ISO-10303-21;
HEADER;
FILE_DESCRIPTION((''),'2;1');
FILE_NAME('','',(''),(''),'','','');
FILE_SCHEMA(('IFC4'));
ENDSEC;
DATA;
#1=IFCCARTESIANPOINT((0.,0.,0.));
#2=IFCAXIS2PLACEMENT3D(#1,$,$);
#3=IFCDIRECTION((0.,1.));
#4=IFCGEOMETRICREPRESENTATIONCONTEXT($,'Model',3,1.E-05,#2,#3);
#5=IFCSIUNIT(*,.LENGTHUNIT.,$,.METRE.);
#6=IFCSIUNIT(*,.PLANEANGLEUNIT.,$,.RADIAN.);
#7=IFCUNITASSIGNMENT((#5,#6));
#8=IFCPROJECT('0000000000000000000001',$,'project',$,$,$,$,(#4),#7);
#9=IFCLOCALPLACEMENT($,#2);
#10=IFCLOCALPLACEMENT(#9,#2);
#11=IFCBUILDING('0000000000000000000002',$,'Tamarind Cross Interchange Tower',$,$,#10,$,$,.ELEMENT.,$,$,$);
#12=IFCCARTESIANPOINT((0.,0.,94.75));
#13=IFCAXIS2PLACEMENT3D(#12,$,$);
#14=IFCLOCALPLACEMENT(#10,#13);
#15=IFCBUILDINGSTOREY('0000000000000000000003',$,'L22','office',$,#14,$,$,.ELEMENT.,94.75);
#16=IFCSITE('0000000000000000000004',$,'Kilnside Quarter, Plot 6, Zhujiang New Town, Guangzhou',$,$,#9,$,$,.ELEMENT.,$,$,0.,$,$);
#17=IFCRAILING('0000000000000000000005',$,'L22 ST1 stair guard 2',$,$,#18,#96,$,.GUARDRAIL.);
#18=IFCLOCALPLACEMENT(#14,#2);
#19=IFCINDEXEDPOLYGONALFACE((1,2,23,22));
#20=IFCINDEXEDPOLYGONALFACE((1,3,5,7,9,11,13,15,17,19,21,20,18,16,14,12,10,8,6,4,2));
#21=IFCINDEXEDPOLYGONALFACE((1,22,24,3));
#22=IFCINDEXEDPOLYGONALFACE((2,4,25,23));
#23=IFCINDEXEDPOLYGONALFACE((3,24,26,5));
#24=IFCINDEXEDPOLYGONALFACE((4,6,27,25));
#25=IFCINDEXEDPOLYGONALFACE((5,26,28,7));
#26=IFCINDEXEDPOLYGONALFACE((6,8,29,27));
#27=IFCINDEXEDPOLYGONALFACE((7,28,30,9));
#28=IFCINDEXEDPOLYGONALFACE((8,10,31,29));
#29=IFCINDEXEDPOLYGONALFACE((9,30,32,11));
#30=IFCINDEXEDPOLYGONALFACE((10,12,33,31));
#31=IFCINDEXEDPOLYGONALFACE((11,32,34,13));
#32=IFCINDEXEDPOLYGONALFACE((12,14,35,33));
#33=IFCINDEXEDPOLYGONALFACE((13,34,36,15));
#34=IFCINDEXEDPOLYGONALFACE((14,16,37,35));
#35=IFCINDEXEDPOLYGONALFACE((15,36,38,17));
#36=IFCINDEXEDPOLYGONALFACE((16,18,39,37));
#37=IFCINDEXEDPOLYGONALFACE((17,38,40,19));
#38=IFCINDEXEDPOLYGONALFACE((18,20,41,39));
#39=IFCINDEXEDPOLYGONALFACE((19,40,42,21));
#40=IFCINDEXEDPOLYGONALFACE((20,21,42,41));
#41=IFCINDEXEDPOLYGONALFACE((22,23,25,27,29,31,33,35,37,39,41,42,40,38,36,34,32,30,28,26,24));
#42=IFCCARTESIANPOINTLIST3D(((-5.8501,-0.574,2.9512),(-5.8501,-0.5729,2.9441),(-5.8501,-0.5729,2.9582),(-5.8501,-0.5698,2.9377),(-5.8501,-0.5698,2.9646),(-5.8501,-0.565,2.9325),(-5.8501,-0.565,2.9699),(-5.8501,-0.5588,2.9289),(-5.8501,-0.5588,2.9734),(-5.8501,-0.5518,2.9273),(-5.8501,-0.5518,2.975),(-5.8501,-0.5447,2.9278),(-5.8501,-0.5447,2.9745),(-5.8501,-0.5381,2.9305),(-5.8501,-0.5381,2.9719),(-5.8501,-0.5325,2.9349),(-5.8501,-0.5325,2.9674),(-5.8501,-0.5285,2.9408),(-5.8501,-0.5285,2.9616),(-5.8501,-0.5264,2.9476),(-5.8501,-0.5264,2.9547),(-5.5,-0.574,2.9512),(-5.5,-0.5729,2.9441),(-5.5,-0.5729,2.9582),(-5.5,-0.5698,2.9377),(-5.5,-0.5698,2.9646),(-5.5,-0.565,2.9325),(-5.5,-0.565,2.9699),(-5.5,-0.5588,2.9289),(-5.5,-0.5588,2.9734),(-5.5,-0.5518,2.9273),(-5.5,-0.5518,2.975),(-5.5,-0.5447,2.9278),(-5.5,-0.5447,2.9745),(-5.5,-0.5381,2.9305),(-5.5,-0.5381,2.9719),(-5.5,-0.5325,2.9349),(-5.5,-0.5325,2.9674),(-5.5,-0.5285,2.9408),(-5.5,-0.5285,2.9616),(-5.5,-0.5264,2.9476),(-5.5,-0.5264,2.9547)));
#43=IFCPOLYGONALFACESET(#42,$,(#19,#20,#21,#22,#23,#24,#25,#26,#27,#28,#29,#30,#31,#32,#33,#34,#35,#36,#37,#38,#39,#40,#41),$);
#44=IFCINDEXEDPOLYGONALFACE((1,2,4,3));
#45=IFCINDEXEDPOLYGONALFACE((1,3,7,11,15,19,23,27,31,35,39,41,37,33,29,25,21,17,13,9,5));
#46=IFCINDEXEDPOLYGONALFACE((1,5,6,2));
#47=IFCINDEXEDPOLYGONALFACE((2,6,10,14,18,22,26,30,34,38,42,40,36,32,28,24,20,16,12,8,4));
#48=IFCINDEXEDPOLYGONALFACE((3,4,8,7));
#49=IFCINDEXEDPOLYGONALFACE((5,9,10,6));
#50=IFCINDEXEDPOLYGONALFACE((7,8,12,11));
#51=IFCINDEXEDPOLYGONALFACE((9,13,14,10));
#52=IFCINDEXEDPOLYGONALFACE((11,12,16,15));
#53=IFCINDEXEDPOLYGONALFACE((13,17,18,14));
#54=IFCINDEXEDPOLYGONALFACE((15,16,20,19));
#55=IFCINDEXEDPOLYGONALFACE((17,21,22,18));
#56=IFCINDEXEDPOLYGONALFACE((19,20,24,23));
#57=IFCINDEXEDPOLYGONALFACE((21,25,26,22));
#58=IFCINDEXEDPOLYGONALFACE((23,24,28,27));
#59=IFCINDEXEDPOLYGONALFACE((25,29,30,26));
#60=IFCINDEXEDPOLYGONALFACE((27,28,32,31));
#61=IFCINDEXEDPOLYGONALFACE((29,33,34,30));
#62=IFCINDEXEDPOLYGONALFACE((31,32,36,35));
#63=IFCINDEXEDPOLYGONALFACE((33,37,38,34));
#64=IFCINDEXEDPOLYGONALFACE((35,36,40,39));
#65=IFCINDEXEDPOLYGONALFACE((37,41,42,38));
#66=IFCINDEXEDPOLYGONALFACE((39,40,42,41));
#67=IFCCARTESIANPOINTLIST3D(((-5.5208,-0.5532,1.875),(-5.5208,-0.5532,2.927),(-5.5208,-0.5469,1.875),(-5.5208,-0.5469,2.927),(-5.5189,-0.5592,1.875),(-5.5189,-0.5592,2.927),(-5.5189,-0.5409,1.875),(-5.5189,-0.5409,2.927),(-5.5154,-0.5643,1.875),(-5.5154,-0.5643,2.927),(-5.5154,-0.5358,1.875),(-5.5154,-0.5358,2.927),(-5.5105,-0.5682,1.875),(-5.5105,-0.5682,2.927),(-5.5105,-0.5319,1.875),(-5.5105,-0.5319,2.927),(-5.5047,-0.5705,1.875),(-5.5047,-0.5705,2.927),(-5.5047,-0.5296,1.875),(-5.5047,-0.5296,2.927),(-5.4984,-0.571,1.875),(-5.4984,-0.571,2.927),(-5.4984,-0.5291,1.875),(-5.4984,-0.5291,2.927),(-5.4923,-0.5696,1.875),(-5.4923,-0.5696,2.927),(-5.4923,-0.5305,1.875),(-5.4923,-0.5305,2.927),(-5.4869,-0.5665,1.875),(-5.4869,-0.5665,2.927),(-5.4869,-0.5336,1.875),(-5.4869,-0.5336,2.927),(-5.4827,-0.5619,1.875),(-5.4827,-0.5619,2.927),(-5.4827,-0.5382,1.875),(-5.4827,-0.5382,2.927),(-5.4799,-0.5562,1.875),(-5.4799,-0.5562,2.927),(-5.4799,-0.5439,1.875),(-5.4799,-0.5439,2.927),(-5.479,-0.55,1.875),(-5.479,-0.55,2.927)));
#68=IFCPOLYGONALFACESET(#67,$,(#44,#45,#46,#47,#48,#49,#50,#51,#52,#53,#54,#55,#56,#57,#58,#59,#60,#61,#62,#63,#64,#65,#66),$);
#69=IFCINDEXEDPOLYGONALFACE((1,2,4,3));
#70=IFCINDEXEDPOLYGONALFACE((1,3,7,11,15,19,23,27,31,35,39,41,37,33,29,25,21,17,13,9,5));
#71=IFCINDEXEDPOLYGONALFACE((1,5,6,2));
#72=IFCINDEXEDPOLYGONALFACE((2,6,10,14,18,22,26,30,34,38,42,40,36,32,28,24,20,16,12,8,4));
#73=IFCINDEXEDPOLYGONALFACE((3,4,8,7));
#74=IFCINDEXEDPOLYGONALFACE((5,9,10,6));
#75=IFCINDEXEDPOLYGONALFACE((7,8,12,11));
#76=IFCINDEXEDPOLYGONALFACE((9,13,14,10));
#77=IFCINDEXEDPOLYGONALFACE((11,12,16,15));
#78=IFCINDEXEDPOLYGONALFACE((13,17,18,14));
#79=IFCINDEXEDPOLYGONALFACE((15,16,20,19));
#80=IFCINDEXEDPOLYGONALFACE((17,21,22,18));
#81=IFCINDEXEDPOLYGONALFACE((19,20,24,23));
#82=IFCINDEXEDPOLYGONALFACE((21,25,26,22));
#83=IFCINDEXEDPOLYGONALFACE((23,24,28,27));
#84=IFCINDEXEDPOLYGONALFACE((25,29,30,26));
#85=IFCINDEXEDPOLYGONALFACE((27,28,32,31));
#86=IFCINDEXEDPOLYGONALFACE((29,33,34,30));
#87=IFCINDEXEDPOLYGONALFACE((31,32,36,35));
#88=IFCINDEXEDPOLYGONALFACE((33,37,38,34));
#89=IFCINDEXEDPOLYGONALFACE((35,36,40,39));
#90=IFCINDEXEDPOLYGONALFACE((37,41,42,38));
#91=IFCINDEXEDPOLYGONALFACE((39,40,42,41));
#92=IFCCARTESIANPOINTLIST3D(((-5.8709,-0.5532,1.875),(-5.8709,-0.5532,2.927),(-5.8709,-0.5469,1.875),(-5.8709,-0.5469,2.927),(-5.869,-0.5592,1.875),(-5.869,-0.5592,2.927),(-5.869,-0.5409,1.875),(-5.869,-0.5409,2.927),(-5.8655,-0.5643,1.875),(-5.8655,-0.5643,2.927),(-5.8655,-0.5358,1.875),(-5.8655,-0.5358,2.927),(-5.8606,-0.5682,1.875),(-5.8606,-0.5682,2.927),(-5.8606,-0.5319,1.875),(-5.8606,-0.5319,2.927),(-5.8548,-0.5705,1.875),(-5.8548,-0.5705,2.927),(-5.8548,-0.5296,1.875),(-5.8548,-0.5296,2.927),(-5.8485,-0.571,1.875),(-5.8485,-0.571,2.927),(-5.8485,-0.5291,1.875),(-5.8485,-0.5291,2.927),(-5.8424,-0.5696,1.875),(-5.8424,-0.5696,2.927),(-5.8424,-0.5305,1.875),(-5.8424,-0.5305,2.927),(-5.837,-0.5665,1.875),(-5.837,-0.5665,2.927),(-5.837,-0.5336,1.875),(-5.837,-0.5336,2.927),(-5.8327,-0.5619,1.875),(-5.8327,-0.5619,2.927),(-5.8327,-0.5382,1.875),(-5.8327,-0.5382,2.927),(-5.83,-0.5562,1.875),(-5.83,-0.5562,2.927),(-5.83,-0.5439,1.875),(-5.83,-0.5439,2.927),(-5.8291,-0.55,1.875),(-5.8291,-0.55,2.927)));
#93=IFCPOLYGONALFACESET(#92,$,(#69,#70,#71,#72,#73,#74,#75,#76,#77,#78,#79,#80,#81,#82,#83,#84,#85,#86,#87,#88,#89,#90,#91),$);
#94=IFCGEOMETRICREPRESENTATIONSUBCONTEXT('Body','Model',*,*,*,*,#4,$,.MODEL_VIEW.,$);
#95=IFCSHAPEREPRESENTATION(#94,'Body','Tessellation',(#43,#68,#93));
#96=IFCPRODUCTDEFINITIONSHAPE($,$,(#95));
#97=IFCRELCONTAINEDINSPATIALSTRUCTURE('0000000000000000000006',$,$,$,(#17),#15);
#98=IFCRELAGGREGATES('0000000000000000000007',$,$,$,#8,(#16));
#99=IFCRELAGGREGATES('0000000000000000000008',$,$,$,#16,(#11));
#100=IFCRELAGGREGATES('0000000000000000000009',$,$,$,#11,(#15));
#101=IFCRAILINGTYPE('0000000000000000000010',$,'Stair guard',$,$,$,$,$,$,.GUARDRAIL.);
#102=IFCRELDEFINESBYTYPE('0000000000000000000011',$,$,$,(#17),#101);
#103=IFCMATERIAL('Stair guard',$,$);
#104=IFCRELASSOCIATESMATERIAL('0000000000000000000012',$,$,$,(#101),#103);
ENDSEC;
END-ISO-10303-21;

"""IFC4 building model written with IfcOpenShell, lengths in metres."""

from ifc_helpers import new_model, si_unit, direction, frame, origin, origin_2d, place, context, subcontext, project, spatial, circle, extrude, material, type_object, element, save


model = new_model("IFC4")

# Units and contexts
model_context = context("Model", 3, precision=1e-05, world=origin(), true_north=direction((0.0, 1.0)))
body_context = subcontext(model_context, "Body", "Model", "MODEL_VIEW")
ifc_project = project(units=[si_unit("LENGTHUNIT", "METRE"), si_unit("PLANEANGLEUNIT", "RADIAN")], contexts=[model_context])

# Site, building, storey
site_placement = place(None, origin())
site = spatial("IfcSite", under=ifc_project, at=site_placement, Name="Kilnside Quarter, Plot 6, Zhujiang New Town, Guangzhou", CompositionType="ELEMENT", RefElevation=0.0)
building_placement = place(site_placement, origin())
building = spatial("IfcBuilding", under=site, at=building_placement, Name="Tamarind Cross Interchange Tower", CompositionType="ELEMENT")
storey_placement = place(building_placement, frame((0.0, 0.0, 94.75)))
storey = spatial("IfcBuildingStorey", under=building, at=storey_placement, Name="L22", Description="office", CompositionType="ELEMENT", Elevation=94.75)

# Railing
ifc_material_1 = material(Name="Stair guard")
railing_type_1 = type_object("IfcRailingType", Name="Stair guard", PredefinedType="GUARDRAIL", material=ifc_material_1)
railing_1_placement = place(storey_placement, frame((-5.5, -0.55, 1.875)))
element("IfcRailing", 1, at=railing_1_placement, inside=storey, type_object=railing_type_1, Name="L22 ST1 stair guard 2", PredefinedType="GUARDRAIL", context=body_context, shape_type="SweptSolid", body=[
    extrude(circle(Radius=0.0239, at=origin_2d()), frame((0.0, 0.0, 1.0762), z_axis=(-1.0, 0.0, 0.0), x_axis=(0.0, -1.0, 0.0)), (0.0, 0.0, 1.0), 0.3501),
    extrude(circle(Radius=0.021, at=origin_2d()), origin(), (0.0, 0.0, 1.0), 1.052),
    extrude(circle(Radius=0.021, at=origin_2d()), frame((-0.3501, 0.0, 0.0)), (0.0, 0.0, 1.0), 1.052),
])

save(model, "model.ifc")
